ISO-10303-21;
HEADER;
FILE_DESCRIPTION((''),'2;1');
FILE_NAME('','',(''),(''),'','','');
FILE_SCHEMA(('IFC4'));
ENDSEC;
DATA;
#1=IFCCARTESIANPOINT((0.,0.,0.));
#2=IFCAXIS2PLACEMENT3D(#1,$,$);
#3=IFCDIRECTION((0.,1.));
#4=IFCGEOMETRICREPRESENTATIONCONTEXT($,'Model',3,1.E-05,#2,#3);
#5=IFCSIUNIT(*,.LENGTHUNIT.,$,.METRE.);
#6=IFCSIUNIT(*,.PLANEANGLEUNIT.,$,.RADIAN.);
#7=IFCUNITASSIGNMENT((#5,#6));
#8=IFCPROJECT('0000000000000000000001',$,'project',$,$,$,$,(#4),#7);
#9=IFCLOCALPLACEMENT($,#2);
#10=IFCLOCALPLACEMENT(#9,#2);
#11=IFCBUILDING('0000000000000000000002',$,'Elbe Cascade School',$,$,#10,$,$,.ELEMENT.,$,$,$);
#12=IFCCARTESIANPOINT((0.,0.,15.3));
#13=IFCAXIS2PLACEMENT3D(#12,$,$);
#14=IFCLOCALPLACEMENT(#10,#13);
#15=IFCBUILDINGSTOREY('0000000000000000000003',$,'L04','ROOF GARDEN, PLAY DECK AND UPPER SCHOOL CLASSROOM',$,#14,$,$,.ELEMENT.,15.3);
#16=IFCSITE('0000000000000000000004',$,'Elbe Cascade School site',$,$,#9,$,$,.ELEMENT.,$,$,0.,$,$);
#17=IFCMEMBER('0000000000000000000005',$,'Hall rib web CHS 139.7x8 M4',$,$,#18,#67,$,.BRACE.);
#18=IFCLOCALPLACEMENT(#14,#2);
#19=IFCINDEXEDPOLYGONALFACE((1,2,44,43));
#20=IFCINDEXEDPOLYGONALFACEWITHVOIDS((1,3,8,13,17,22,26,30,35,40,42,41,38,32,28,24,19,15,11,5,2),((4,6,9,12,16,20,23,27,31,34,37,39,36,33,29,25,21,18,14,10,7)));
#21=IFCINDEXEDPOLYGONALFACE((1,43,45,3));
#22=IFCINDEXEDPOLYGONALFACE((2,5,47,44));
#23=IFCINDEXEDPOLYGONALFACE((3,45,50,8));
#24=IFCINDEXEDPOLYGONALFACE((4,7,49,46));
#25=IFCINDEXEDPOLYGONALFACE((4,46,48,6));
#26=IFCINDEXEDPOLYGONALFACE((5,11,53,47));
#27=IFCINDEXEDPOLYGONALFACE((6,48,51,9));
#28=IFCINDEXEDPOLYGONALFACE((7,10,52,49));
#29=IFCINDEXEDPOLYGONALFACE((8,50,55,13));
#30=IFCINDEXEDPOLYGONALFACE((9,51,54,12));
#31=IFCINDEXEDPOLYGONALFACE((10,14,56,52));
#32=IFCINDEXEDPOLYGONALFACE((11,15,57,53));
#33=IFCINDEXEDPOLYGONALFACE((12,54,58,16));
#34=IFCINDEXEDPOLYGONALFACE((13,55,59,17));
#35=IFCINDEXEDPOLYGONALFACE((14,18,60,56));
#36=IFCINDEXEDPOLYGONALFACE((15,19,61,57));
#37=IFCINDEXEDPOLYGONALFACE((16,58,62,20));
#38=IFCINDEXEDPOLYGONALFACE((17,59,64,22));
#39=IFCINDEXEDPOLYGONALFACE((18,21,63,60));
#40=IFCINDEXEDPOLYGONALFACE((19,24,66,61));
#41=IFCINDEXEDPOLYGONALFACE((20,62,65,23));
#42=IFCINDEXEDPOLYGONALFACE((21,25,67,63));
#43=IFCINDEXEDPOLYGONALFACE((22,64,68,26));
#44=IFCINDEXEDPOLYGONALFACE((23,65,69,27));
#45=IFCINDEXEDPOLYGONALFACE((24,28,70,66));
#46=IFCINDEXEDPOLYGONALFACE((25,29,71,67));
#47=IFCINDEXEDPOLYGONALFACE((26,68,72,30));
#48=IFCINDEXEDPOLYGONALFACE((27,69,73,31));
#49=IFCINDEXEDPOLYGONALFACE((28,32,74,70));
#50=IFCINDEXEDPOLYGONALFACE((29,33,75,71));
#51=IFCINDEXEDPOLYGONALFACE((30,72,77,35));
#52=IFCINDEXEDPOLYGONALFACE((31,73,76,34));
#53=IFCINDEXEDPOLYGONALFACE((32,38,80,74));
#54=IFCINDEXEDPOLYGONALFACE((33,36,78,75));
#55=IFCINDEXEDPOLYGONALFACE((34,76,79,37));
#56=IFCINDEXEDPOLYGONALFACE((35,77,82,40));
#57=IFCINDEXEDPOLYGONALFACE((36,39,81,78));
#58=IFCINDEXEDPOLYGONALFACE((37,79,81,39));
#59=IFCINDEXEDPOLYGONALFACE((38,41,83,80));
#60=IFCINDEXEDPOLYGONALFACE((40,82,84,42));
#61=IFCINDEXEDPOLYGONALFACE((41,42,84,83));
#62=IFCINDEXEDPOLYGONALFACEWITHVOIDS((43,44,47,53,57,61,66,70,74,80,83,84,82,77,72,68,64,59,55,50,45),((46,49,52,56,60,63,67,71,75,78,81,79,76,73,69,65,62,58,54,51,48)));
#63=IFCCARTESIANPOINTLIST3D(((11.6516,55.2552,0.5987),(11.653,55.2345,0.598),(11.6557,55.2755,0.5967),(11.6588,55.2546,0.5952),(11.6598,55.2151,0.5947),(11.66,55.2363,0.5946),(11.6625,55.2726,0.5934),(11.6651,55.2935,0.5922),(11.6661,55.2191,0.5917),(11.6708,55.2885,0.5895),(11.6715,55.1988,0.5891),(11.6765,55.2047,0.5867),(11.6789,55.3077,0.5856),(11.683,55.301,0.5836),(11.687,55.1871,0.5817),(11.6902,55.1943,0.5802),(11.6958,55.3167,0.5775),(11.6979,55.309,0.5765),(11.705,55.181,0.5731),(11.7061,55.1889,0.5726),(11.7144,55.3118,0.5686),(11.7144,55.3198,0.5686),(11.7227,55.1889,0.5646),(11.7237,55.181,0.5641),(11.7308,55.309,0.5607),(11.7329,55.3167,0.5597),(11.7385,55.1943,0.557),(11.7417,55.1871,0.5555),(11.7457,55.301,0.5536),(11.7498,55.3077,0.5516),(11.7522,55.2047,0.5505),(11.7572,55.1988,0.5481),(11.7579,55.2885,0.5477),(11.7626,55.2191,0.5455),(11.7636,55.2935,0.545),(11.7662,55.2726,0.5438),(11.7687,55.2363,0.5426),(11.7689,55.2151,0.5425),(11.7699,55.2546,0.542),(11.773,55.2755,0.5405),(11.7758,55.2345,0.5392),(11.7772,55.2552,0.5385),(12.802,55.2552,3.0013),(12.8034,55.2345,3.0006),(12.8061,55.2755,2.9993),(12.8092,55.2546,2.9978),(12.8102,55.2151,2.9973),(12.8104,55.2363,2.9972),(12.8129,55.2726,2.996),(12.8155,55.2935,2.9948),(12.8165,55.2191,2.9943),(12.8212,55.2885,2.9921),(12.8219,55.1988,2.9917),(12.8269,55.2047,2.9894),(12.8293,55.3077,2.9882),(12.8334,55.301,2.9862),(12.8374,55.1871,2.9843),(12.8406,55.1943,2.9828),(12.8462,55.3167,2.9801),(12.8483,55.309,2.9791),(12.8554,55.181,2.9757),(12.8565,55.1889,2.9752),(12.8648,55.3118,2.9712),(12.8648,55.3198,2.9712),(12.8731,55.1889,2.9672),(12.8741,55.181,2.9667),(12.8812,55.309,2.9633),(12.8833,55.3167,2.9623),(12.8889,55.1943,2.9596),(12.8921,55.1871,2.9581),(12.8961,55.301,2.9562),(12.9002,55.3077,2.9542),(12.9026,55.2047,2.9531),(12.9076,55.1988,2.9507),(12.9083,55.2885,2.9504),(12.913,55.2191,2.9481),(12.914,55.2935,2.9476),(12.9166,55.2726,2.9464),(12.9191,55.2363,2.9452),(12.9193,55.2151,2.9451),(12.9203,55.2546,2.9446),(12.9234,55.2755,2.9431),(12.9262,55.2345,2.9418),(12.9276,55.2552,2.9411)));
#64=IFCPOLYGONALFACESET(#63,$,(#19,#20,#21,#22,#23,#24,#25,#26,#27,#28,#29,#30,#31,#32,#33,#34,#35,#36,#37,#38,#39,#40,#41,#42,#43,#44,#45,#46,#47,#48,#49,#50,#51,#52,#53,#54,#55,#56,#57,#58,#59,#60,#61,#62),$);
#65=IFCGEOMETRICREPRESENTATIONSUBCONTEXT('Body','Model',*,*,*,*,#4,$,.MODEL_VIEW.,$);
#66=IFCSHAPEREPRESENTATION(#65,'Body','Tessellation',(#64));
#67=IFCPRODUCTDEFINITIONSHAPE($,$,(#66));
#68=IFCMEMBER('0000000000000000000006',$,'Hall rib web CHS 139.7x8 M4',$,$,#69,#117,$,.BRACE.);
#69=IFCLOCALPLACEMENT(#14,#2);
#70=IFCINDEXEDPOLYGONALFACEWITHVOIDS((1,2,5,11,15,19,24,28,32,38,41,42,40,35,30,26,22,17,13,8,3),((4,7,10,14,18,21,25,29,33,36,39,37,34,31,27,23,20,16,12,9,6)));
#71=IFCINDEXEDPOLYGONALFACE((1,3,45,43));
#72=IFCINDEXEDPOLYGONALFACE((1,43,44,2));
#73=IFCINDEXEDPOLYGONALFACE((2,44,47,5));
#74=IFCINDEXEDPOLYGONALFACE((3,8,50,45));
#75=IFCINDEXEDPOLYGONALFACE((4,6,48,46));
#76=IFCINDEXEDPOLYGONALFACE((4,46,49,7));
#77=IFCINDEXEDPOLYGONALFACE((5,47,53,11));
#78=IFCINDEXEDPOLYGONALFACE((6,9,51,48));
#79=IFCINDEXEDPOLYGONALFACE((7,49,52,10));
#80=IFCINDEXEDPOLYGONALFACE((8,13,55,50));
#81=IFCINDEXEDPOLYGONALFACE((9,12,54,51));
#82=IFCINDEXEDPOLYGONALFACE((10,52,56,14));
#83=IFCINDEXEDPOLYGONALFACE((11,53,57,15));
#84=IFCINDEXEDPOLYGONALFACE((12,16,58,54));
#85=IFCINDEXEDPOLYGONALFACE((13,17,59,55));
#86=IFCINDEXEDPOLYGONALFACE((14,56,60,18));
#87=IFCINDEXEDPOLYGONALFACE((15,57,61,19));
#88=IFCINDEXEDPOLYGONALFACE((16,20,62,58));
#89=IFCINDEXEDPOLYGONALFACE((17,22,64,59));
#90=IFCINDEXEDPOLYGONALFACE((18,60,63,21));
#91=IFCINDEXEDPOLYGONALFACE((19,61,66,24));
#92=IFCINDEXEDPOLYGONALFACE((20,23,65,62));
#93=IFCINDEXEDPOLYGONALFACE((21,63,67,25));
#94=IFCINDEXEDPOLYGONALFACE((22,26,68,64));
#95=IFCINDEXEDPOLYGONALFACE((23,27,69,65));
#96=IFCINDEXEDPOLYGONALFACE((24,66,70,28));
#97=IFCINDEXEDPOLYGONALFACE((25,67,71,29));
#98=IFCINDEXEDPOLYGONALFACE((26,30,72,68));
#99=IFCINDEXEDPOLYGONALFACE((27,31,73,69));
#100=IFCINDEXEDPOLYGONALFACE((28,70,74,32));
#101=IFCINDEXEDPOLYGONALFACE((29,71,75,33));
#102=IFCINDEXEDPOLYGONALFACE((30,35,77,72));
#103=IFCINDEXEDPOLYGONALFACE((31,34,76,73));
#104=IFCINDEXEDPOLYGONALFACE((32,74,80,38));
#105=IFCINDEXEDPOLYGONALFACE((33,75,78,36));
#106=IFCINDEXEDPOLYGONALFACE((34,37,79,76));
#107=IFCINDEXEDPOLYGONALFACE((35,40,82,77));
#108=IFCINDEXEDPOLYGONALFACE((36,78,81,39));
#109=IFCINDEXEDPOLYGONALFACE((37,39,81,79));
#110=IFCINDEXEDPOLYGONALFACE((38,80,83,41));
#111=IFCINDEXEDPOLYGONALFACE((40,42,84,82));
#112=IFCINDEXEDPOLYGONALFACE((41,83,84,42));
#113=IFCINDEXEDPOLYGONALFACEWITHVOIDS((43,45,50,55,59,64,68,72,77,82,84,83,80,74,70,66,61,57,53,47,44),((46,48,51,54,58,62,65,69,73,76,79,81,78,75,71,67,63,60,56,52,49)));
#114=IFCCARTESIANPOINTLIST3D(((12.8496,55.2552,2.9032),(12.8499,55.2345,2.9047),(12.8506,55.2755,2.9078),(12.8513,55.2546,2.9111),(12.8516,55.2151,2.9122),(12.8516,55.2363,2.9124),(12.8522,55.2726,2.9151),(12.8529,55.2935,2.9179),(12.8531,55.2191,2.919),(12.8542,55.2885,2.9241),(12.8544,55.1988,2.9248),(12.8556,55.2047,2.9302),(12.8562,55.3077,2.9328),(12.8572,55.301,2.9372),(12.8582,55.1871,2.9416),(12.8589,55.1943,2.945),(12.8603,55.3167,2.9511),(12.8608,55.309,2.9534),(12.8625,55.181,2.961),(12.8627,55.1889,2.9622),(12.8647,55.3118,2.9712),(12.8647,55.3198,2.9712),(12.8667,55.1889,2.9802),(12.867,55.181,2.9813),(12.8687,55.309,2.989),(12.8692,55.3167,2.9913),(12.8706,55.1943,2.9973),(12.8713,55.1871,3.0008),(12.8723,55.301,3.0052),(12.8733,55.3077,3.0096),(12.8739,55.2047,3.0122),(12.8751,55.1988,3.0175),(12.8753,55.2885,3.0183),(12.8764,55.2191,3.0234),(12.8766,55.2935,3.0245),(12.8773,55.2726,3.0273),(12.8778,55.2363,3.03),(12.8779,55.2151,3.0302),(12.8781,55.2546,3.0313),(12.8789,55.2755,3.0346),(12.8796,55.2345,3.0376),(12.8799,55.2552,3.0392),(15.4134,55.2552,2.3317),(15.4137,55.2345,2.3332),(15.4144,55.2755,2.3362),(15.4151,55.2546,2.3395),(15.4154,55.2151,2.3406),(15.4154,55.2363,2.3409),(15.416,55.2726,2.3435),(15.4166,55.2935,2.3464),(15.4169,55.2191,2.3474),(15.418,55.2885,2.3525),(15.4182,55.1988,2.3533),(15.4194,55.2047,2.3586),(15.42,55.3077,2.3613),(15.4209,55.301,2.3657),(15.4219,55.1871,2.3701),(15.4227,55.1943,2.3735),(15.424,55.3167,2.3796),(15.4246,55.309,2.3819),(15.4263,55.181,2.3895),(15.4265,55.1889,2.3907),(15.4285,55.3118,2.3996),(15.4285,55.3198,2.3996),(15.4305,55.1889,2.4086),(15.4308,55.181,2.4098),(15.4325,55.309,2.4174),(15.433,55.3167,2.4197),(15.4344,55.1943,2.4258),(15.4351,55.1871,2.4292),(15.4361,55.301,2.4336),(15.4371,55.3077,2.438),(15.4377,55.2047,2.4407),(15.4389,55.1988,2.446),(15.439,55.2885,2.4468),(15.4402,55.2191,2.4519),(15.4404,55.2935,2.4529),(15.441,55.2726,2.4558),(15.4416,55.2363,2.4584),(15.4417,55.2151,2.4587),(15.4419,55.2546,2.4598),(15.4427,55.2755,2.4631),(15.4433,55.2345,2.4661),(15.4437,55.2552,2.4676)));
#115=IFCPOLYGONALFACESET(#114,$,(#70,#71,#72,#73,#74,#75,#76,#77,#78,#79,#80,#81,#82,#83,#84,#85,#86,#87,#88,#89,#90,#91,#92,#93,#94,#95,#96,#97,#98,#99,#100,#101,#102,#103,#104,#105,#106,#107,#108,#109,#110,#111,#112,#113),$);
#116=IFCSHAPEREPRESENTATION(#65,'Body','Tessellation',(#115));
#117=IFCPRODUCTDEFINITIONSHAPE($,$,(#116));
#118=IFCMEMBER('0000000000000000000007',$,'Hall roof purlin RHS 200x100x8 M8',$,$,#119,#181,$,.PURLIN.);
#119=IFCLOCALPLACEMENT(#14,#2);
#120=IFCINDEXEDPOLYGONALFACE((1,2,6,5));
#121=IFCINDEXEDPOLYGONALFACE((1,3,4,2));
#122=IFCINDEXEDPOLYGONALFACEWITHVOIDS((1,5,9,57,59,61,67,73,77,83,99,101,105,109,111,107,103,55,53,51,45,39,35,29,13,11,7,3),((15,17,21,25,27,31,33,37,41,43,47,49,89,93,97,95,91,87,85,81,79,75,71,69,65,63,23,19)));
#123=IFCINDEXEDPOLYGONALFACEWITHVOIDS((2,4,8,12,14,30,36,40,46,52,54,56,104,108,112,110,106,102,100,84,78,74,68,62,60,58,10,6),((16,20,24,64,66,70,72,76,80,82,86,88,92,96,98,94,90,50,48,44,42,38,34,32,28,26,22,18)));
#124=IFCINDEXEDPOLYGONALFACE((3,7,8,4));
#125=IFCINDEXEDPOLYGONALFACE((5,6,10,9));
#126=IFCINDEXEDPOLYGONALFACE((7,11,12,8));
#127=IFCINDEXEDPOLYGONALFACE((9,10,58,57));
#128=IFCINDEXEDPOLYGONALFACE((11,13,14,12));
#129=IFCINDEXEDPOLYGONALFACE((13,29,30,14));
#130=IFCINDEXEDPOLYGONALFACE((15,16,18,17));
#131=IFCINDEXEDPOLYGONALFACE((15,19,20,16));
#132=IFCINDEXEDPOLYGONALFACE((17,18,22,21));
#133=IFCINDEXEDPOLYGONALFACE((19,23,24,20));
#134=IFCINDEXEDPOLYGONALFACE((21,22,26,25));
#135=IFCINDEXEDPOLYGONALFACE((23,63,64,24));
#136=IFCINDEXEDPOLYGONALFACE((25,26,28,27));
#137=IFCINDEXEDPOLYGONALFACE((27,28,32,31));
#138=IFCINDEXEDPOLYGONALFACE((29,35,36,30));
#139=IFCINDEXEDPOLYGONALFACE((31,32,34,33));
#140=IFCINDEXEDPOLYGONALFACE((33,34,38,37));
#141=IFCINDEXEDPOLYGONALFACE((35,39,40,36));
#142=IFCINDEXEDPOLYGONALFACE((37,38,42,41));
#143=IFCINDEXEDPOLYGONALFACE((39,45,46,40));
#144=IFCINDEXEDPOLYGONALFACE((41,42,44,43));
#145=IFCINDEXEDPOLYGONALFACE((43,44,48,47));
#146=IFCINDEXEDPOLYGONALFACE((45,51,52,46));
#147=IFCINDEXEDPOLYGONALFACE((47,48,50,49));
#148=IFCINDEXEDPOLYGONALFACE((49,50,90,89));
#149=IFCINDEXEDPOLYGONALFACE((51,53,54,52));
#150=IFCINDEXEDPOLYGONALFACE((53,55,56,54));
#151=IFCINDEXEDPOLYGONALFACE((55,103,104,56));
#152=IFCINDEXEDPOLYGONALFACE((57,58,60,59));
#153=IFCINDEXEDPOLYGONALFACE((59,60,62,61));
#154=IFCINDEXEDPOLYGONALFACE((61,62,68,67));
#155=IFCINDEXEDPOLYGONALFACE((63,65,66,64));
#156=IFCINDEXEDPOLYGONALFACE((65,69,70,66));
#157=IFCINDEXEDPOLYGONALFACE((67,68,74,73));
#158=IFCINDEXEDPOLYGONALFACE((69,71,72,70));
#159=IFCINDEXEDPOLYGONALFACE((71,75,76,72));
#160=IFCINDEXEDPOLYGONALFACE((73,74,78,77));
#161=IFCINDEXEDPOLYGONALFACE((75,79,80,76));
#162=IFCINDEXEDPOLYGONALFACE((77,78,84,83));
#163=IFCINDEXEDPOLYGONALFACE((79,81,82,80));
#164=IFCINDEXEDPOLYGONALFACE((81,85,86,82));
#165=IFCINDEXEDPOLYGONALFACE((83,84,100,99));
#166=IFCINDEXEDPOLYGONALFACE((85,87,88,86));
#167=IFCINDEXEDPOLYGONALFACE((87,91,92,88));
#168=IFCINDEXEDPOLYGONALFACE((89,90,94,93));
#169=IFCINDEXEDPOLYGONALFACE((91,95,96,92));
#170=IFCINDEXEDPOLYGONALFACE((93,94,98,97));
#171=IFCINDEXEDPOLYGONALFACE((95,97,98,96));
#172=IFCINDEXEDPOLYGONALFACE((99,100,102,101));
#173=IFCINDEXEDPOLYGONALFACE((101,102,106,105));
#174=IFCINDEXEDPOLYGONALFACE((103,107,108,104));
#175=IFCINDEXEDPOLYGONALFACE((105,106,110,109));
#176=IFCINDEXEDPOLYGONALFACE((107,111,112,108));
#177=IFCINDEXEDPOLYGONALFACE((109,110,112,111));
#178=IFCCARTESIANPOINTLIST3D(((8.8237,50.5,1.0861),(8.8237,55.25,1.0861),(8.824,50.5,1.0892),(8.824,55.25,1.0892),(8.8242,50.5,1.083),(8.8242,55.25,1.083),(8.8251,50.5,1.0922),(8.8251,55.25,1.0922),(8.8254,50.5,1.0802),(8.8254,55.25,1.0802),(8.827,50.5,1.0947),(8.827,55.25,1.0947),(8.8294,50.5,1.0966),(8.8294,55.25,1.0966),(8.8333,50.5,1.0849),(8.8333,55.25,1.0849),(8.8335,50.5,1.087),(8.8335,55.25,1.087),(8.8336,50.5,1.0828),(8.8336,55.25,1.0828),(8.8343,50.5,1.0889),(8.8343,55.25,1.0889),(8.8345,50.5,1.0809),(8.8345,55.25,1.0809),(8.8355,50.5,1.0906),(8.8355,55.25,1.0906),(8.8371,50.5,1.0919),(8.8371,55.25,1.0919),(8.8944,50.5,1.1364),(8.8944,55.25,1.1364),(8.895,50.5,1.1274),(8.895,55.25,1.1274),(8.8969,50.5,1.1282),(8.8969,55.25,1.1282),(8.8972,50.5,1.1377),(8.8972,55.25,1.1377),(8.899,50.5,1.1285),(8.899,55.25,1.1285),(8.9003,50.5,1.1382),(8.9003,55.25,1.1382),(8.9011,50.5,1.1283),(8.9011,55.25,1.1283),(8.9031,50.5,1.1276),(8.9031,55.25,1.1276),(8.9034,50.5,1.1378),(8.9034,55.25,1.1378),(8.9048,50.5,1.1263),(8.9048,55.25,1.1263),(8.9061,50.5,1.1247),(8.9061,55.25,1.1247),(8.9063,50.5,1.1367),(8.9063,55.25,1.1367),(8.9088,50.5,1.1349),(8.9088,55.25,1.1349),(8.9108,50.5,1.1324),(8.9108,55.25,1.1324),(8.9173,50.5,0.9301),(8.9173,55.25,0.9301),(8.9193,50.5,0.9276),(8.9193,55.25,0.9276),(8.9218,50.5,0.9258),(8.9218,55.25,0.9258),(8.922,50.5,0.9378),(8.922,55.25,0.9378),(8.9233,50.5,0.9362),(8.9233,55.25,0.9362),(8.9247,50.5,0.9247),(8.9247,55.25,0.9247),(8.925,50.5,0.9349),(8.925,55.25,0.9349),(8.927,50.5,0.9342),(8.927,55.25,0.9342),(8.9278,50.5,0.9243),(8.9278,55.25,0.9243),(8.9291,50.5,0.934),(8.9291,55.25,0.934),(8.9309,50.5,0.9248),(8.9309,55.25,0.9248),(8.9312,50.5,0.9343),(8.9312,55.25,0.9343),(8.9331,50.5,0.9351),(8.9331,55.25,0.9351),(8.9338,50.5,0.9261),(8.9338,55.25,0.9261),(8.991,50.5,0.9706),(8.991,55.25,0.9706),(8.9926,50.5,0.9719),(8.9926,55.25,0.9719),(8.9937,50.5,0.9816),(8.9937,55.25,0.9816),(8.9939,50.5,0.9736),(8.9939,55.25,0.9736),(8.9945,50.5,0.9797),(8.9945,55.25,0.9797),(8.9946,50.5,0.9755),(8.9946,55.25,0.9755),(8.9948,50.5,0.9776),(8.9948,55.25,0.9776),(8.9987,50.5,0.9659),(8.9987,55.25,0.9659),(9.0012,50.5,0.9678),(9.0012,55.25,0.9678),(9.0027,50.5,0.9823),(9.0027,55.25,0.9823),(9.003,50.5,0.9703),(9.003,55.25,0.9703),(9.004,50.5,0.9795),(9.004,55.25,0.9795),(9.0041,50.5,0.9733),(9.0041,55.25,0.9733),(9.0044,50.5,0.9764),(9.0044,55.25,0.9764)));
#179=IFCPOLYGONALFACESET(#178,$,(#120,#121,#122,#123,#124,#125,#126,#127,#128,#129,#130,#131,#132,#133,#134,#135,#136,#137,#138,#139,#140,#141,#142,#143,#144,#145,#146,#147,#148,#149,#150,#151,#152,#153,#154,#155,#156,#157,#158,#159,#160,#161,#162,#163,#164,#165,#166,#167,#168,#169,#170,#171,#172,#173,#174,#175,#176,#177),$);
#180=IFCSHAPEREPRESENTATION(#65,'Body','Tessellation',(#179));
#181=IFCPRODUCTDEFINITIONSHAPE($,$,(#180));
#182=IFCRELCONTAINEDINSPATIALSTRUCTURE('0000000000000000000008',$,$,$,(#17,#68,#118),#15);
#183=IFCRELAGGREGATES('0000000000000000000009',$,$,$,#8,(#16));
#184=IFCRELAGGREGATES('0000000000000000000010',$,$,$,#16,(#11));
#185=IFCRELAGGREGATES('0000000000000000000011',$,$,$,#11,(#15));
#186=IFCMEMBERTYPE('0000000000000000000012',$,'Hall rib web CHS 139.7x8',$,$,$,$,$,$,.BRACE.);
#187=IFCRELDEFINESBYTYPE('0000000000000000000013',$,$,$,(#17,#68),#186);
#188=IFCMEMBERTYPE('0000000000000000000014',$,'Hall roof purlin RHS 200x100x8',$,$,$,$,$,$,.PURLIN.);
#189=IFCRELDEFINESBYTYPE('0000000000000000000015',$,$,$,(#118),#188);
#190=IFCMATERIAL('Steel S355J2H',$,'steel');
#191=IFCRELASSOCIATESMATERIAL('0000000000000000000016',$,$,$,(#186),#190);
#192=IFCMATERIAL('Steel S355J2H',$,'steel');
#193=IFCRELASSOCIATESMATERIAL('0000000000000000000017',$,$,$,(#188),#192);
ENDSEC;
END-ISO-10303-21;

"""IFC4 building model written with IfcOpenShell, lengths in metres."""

from ifc_helpers import new_model, si_unit, direction, frame, origin, origin_2d, place, context, subcontext, project, spatial, hollow_rectangle, hollow_circle, extrude, material, material_profile, profile_set, type_object, element, save


model = new_model("IFC4")

# Units and contexts
model_context = context("Model", 3, precision=1e-05, world=origin(), true_north=direction((0.0, 1.0)))
body_context = subcontext(model_context, "Body", "Model", "MODEL_VIEW")
ifc_project = project(units=[si_unit("LENGTHUNIT", "METRE"), si_unit("PLANEANGLEUNIT", "RADIAN")], contexts=[model_context])

# Site, building, storey
site_placement = place(None, origin())
site = spatial("IfcSite", under=ifc_project, at=site_placement, Name="Elbe Cascade School site", CompositionType="ELEMENT", RefElevation=0.0)
building_placement = place(site_placement, origin())
building = spatial("IfcBuilding", under=site, at=building_placement, Name="Elbe Cascade School", CompositionType="ELEMENT")
storey_placement = place(building_placement, frame((0.0, 0.0, 15.3)))
storey = spatial("IfcBuildingStorey", under=building, at=storey_placement, Name="L04", Description="ROOF GARDEN, PLAY DECK AND UPPER SCHOOL CLASSROOM", CompositionType="ELEMENT", Elevation=15.3)

# Members
ifc_material_1 = material(Name="Steel S355J2H", Category="steel")
ifc_material_profile_1 = material_profile(ifc_material_1, hollow_circle(Radius=0.0698, WallThickness=0.0081, at=origin_2d()), Name="CHS 139.7x8")
ifc_profile_set_1 = profile_set([ifc_material_profile_1], Name="Steel S355J2H")
member_type_1 = type_object("IfcMemberType", Name="Hall rib web CHS 139.7x8", PredefinedType="BRACE", material=ifc_profile_set_1)
member_1_placement = place(storey_placement, frame((11.7144, 55.25, 0.5686), z_axis=(0.431861, 0.0, 0.90194), x_axis=(0.0, 1.0, 0.0)))
element("IfcMember", 1, at=member_1_placement, inside=storey, type_object=member_type_1, Name="Hall rib web CHS 139.7x8 M4", PredefinedType="BRACE", context=body_context, shape_type="SweptSolid", body=[
    extrude(hollow_circle(Radius=0.0698, WallThickness=0.0081, at=origin_2d()), origin(), (0.0, 0.0, 1.0), 2.6638),
])
member_2_placement = place(storey_placement, frame((12.8647, 55.25, 2.9712), z_axis=(0.97604, 0.0, -0.21759), x_axis=(0.0, 1.0, 0.0)))
element("IfcMember", 2, at=member_2_placement, inside=storey, type_object=member_type_1, Name="Hall rib web CHS 139.7x8 M4", PredefinedType="BRACE", context=body_context, shape_type="SweptSolid", body=[
    extrude(hollow_circle(Radius=0.0698, WallThickness=0.0081, at=origin_2d()), origin(), (0.0, 0.0, 1.0), 2.6267),
])
ifc_material_2 = material(Name="Steel S355J2H", Category="steel")
ifc_material_profile_2 = material_profile(ifc_material_2, hollow_rectangle(XDim=0.1001, YDim=0.2, WallThickness=0.0081, InnerFilletRadius=0.0081, OuterFilletRadius=0.012, at=origin_2d()), Name="RHS 200x100x8")
ifc_profile_set_2 = profile_set([ifc_material_profile_2], Name="Steel S355J2H")
member_type_2 = type_object("IfcMemberType", Name="Hall roof purlin RHS 200x100x8", PredefinedType="PURLIN", material=ifc_profile_set_2)
for number, where, z_axis, x_axis, name in (
    (3, (8.9141, 50.5, 1.0312), (0.0, 1.0, 0.0), (-0.852941, 0.0, -0.522008), "Hall roof purlin RHS 200x100x8 M8"),
):
    element("IfcMember", number, at=place(storey_placement, frame(where, z_axis=z_axis, x_axis=x_axis)), inside=storey, type_object=member_type_2, Name=name, PredefinedType="PURLIN", context=body_context, shape_type="SweptSolid", body=[
        extrude(hollow_rectangle(XDim=0.1001, YDim=0.2, WallThickness=0.0081, InnerFilletRadius=0.0081, OuterFilletRadius=0.012, at=origin_2d()), origin(), (0.0, 0.0, 1.0), 4.75),
    ])

save(model, "model.ifc")
